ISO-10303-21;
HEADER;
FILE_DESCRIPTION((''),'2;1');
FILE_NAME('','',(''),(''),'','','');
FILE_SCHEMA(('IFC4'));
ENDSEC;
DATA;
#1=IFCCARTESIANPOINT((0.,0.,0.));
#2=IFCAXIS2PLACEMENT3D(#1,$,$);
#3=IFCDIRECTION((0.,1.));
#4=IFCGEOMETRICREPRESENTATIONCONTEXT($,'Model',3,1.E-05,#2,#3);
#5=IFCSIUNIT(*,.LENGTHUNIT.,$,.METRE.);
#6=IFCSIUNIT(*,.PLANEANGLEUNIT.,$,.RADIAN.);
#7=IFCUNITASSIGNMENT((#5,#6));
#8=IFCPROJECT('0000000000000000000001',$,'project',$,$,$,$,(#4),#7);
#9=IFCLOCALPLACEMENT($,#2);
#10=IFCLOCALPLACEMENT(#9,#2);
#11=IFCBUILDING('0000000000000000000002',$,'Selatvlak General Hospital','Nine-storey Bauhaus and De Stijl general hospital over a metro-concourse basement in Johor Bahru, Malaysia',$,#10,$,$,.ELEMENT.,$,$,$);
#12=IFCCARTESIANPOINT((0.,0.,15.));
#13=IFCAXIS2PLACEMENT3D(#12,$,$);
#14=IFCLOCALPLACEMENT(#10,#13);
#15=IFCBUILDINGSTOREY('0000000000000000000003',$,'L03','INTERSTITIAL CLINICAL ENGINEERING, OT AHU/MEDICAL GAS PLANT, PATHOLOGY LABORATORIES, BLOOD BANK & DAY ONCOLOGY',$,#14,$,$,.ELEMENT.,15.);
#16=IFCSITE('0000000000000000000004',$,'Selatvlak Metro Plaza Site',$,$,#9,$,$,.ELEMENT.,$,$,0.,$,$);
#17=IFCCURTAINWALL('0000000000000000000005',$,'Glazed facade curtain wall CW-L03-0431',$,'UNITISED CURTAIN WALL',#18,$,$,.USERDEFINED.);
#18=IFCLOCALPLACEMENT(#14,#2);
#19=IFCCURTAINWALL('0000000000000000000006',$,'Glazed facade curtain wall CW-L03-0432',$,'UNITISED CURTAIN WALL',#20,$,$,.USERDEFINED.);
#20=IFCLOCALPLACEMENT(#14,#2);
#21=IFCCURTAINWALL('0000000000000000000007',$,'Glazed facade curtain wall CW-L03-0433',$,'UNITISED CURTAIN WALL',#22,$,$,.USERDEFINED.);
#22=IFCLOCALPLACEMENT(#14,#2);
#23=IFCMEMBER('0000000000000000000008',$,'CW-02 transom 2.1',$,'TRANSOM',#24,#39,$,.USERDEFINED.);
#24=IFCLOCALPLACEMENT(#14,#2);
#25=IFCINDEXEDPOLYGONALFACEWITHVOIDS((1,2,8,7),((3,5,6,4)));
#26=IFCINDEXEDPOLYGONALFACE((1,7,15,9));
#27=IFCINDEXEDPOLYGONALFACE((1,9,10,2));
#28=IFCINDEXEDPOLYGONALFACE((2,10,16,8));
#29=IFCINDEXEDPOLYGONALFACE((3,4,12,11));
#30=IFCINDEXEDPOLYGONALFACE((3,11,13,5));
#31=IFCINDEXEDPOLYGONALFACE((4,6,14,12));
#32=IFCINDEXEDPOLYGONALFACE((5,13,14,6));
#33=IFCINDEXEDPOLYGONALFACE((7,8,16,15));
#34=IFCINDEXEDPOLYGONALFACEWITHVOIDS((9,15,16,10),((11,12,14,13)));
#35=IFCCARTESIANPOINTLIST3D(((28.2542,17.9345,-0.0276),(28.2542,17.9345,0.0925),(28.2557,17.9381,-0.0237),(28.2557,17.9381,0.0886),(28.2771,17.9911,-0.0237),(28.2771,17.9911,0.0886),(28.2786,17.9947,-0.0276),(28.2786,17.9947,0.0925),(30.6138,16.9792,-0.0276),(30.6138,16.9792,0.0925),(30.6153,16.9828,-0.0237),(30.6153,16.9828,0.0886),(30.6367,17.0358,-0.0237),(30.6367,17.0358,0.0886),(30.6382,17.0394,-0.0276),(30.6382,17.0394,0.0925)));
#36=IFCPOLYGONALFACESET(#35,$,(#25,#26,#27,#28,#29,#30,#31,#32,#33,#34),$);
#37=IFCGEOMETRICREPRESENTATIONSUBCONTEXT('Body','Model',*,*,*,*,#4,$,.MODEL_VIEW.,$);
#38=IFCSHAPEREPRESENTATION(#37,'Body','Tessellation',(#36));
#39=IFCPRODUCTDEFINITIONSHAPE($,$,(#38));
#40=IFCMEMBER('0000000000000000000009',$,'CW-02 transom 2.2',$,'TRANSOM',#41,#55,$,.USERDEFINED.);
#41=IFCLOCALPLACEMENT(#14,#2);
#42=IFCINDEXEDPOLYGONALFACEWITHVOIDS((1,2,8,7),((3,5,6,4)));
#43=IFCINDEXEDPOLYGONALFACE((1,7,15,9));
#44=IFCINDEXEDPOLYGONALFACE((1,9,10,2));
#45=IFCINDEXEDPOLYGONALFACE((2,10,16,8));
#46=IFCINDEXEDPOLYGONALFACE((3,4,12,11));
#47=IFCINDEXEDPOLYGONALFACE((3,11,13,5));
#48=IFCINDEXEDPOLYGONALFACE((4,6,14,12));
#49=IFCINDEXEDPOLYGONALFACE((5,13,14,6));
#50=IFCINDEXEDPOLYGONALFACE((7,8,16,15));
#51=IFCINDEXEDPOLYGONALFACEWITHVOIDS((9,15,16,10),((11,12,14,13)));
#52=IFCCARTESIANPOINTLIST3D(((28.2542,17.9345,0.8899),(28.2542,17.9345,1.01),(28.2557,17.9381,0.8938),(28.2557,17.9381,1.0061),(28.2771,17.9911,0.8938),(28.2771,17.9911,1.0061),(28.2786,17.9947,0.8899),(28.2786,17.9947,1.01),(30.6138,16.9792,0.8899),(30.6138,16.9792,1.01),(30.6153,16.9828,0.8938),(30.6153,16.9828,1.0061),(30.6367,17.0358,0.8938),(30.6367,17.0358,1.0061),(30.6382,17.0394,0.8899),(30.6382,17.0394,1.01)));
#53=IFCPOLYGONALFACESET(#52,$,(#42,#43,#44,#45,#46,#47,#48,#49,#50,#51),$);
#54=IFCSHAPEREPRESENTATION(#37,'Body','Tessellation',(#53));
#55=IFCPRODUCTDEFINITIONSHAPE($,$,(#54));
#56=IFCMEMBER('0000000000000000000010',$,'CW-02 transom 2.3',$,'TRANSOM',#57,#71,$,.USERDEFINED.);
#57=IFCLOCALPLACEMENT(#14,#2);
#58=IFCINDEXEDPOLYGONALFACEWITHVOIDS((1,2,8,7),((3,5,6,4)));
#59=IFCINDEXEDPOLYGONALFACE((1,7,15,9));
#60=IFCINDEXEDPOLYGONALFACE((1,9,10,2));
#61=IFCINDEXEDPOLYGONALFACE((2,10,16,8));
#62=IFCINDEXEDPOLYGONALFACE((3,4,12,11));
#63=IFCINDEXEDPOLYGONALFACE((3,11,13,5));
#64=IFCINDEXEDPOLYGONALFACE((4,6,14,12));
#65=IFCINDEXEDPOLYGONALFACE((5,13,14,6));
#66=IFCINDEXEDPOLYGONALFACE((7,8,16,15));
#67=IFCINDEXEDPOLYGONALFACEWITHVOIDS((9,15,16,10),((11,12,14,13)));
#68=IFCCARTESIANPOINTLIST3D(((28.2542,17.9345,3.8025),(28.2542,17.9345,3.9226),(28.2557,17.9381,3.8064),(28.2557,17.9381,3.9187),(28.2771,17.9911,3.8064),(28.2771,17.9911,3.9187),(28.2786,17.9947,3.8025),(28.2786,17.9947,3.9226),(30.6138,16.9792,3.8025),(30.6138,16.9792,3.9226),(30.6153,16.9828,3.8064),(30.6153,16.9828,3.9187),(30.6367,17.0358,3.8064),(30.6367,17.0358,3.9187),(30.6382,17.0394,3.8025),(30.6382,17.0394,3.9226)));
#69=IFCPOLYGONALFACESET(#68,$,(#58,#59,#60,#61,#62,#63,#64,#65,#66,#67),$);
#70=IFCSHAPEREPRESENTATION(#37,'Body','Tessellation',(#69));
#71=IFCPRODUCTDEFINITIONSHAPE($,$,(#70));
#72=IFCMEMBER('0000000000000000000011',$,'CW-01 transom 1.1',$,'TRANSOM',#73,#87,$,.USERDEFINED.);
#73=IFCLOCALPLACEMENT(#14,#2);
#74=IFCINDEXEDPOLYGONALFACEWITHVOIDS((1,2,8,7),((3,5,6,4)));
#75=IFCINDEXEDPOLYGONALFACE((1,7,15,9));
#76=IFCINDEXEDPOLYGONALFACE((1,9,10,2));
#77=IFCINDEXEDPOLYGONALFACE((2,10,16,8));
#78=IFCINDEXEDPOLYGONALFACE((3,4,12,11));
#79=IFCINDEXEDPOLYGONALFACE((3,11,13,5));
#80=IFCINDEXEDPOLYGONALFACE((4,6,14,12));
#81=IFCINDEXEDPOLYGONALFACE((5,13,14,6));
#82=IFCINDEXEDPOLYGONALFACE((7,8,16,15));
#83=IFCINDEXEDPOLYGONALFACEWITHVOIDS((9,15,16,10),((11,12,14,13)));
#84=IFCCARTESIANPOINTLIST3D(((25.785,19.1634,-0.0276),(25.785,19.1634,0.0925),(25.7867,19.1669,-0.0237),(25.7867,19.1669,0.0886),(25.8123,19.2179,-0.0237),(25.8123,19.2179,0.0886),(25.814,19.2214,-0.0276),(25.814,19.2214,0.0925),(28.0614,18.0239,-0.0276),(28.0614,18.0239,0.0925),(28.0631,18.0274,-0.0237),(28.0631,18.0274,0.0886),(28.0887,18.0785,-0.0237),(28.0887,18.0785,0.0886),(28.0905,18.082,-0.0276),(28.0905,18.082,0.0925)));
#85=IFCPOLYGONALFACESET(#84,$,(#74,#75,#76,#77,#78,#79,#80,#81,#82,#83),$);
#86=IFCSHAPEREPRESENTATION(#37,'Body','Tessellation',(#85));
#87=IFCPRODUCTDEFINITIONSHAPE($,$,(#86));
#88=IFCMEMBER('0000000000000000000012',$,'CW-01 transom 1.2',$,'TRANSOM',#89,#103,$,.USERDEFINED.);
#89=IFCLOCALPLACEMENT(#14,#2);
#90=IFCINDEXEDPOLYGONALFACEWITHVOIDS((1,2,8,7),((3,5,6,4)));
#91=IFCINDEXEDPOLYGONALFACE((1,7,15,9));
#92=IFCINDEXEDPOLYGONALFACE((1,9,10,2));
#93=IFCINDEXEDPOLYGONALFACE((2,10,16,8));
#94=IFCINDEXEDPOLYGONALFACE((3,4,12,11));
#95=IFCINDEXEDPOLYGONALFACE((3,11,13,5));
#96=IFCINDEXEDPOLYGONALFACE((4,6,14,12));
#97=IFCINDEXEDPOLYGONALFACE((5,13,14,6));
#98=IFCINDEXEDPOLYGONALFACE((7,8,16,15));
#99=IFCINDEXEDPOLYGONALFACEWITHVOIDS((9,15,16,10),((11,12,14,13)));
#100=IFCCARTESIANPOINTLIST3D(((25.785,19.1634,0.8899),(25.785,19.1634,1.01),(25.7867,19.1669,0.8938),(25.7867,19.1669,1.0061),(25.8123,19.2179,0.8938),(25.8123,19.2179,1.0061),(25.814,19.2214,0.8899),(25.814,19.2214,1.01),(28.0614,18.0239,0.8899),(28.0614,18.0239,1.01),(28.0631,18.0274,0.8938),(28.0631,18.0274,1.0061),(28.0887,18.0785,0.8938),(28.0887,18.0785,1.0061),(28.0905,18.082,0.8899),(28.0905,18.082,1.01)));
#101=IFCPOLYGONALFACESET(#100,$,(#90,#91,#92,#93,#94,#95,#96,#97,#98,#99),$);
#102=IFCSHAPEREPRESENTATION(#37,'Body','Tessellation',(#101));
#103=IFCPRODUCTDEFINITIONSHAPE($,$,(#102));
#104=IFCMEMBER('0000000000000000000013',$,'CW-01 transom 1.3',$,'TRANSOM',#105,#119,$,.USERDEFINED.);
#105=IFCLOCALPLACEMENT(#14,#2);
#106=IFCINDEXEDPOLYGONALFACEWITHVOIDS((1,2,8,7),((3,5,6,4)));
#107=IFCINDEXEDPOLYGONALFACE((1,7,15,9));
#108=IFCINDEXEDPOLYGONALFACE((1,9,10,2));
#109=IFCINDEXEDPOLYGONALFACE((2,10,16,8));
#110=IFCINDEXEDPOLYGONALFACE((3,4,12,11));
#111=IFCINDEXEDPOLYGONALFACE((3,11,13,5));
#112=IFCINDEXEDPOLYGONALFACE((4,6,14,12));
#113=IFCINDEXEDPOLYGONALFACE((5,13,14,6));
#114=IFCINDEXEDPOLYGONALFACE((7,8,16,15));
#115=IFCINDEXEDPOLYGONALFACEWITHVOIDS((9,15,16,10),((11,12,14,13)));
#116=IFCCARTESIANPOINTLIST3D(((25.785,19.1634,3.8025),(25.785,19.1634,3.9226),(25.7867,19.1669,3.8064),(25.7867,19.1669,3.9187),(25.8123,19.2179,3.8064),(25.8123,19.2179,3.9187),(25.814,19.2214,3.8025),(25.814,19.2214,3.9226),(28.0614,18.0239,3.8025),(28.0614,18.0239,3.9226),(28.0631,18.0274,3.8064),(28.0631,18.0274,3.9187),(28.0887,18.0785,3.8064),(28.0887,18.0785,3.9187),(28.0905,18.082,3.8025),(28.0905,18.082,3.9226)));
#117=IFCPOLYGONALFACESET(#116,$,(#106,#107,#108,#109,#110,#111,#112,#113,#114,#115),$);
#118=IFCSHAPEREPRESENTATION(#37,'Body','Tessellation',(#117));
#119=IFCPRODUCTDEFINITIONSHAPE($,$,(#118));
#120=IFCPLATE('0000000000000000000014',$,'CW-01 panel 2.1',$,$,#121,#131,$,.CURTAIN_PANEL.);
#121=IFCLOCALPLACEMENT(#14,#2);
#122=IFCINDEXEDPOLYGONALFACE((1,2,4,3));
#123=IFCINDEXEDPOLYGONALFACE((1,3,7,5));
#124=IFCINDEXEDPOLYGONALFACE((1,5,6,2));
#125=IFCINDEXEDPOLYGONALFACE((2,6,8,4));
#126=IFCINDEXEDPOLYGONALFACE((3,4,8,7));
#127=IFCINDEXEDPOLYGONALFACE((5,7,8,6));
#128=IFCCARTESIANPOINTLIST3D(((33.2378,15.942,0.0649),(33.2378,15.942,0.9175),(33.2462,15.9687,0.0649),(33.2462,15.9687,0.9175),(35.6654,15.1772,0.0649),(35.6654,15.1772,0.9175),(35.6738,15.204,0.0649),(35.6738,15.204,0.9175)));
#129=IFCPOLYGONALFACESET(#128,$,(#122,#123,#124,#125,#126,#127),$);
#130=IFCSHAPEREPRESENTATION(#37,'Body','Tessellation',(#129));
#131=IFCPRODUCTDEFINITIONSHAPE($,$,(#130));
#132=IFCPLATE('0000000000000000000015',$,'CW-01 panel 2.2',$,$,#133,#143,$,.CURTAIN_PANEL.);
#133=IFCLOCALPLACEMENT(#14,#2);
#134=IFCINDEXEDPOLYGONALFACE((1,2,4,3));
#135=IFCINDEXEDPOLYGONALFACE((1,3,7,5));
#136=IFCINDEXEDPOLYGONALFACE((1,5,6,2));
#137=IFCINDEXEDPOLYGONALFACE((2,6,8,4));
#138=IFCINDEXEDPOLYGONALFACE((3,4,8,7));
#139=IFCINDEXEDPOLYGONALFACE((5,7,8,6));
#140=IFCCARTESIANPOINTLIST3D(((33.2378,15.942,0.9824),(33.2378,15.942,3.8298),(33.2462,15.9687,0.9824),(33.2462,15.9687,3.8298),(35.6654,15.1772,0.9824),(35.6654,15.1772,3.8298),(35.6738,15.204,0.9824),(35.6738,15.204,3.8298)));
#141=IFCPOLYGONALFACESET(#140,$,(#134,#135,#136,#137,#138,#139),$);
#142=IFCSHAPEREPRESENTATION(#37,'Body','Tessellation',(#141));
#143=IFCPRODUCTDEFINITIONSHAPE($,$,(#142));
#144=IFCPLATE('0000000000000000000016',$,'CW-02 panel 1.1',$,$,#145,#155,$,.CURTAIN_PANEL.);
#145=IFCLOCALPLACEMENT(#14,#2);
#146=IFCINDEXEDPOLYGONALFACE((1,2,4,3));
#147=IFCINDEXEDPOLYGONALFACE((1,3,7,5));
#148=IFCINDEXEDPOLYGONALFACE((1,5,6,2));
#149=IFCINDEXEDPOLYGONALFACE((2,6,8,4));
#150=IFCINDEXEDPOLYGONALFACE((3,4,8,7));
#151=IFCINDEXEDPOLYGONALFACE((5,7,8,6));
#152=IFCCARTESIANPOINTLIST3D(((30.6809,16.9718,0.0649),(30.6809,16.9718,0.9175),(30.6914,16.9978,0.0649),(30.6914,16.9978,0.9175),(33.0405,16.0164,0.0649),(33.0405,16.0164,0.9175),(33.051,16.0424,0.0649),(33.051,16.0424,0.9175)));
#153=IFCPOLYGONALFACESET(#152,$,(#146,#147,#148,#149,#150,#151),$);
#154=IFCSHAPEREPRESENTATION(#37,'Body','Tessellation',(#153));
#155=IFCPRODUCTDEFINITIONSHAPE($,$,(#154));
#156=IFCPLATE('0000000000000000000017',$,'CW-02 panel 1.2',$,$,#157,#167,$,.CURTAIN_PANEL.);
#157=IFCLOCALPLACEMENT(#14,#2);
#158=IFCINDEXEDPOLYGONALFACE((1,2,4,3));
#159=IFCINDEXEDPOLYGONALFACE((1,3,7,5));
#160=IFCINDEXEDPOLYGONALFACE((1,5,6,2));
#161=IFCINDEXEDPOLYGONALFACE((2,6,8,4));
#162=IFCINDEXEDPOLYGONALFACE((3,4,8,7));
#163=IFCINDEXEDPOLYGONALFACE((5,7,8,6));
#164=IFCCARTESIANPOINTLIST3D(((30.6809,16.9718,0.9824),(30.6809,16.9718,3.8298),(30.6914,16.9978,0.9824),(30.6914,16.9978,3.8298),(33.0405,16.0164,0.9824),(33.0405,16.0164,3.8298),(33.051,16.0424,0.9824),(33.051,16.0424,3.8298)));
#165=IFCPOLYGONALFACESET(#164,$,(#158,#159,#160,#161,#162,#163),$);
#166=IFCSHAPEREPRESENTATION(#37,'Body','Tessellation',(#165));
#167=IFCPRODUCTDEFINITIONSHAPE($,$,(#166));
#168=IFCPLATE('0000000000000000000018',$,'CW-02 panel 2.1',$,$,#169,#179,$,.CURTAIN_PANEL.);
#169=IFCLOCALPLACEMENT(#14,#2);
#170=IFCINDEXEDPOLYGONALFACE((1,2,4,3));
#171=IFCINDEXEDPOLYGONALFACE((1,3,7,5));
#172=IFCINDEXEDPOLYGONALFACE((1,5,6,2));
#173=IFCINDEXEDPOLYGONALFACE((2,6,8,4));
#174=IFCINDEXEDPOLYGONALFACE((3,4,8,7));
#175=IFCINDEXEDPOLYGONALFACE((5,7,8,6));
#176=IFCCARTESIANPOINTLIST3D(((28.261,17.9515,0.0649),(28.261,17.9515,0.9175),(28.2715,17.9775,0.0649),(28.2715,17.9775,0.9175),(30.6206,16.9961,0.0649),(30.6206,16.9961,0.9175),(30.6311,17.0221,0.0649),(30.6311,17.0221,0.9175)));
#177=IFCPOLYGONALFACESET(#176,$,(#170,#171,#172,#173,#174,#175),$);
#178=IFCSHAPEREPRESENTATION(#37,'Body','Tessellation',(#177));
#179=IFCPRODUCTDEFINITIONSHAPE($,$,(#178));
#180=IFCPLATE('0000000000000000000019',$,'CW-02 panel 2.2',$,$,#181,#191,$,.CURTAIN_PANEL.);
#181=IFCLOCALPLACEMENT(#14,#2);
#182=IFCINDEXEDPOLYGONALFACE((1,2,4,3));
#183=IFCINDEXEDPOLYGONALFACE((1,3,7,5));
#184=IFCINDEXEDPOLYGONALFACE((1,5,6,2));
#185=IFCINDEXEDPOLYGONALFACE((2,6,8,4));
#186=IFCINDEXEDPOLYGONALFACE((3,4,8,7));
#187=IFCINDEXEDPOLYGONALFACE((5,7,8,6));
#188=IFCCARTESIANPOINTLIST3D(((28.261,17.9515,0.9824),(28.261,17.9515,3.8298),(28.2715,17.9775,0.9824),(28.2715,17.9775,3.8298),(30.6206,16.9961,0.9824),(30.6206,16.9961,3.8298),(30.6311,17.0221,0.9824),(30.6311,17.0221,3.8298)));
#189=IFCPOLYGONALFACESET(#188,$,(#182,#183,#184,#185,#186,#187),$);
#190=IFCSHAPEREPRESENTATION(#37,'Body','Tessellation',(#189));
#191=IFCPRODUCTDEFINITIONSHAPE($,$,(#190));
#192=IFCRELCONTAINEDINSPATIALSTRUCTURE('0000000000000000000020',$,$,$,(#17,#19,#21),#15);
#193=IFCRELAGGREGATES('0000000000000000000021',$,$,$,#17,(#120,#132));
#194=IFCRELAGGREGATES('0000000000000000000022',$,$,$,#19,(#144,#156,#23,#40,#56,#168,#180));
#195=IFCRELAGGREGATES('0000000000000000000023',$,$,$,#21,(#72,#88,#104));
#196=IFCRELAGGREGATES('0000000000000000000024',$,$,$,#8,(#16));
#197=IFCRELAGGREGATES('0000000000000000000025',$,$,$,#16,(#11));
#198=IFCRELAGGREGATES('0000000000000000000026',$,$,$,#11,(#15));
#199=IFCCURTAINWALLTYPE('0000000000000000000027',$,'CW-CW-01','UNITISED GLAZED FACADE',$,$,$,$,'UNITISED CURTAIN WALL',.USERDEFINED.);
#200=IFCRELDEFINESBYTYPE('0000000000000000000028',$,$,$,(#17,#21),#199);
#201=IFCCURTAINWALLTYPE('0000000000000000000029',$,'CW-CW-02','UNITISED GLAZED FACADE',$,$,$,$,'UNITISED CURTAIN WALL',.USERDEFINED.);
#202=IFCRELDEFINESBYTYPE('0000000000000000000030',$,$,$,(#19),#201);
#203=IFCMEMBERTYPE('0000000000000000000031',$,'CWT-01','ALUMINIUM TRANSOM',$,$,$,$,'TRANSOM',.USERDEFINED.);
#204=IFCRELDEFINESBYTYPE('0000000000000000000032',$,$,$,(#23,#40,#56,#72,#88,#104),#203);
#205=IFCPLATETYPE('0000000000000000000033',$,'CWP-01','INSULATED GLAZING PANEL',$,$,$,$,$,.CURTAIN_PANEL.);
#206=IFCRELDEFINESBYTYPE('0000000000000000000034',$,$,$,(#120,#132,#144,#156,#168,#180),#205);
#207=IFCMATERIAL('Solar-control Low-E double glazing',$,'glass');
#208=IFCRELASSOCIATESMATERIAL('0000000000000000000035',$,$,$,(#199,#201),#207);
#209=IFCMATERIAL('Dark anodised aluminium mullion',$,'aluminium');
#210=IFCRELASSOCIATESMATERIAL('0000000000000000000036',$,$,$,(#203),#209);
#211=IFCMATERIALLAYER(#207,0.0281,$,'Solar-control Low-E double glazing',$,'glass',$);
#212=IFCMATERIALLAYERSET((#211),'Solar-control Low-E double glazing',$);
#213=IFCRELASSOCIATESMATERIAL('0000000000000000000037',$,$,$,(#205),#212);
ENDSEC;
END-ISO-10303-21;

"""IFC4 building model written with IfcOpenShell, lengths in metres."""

from ifc_helpers import new_model, si_unit, direction, frame, origin, origin_2d, place, context, subcontext, project, spatial, rectangle, hollow_rectangle, extrude, material, layer, layer_set, material_profile, profile_set, type_object, element, aggregate, save


model = new_model("IFC4")

# Units and contexts
model_context = context("Model", 3, precision=1e-05, world=origin(), true_north=direction((0.0, 1.0)))
body_context = subcontext(model_context, "Body", "Model", "MODEL_VIEW")
ifc_project = project(units=[si_unit("LENGTHUNIT", "METRE"), si_unit("PLANEANGLEUNIT", "RADIAN")], contexts=[model_context])

# Site, building, storey
site_placement = place(None, origin())
site = spatial("IfcSite", under=ifc_project, at=site_placement, Name="Selatvlak Metro Plaza Site", CompositionType="ELEMENT", RefElevation=0.0)
building_placement = place(site_placement, origin())
building = spatial("IfcBuilding", under=site, at=building_placement, Name="Selatvlak General Hospital", Description="Nine-storey Bauhaus and De Stijl general hospital over a metro-concourse basement in Johor Bahru, Malaysia", CompositionType="ELEMENT")
storey_placement = place(building_placement, frame((0.0, 0.0, 15.0)))
storey = spatial("IfcBuildingStorey", under=building, at=storey_placement, Name="L03", Description="INTERSTITIAL CLINICAL ENGINEERING, OT AHU/MEDICAL GAS PLANT, PATHOLOGY LABORATORIES, BLOOD BANK & DAY ONCOLOGY", CompositionType="ELEMENT", Elevation=15.0)

# Curtain wall
ifc_material_1 = material(Name="Solar-control Low-E double glazing", Category="glass")
curtain_wall_type_1 = type_object("IfcCurtainWallType", Name="CW-CW-01", Description="UNITISED GLAZED FACADE", ElementType="UNITISED CURTAIN WALL", PredefinedType="USERDEFINED", material=ifc_material_1)
curtain_wall_1_placement = place(storey_placement, origin())
curtain_wall_1 = element("IfcCurtainWall", 1, at=curtain_wall_1_placement, inside=storey, type_object=curtain_wall_type_1, Name="Glazed facade curtain wall CW-L03-0431", ObjectType="UNITISED CURTAIN WALL", PredefinedType="USERDEFINED")
ifc_material_2 = material(Name="Dark anodised aluminium mullion", Category="aluminium")

# Curtain wall
curtain_wall_type_2 = type_object("IfcCurtainWallType", Name="CW-CW-02", Description="UNITISED GLAZED FACADE", ElementType="UNITISED CURTAIN WALL", PredefinedType="USERDEFINED", material=ifc_material_1)
curtain_wall_2_placement = place(storey_placement, origin())
curtain_wall_2 = element("IfcCurtainWall", 2, at=curtain_wall_2_placement, inside=storey, type_object=curtain_wall_type_2, Name="Glazed facade curtain wall CW-L03-0432", ObjectType="UNITISED CURTAIN WALL", PredefinedType="USERDEFINED")

# Curtain wall
curtain_wall_3_placement = place(storey_placement, origin())
curtain_wall_3 = element("IfcCurtainWall", 3, at=curtain_wall_3_placement, inside=storey, type_object=curtain_wall_type_1, Name="Glazed facade curtain wall CW-L03-0433", ObjectType="UNITISED CURTAIN WALL", PredefinedType="USERDEFINED")

# Members
ifc_material_profile_1 = material_profile(ifc_material_2, hollow_rectangle(XDim=0.0649, YDim=0.1201, WallThickness=0.0039, at=origin_2d()), Name="AL-TRN 65x120x4")
ifc_profile_set_1 = profile_set([ifc_material_profile_1], Name="Dark anodised aluminium mullion")
member_type_1 = type_object("IfcMemberType", Name="CWT-01", Description="ALUMINIUM TRANSOM", ElementType="TRANSOM", PredefinedType="USERDEFINED", material=ifc_profile_set_1)
member_1_placement = place(storey_placement, frame((30.626, 17.0093, 0.0325), z_axis=(-0.926914, 0.375273, 0.0), x_axis=(-0.375273, -0.926914, 0.0)))
member_1 = element("IfcMember", 4, at=member_1_placement, type_object=member_type_1, Name="CW-02 transom 2.1", ObjectType="TRANSOM", PredefinedType="USERDEFINED", context=body_context, shape_type="SweptSolid", body=[
    extrude(hollow_rectangle(XDim=0.0649, YDim=0.1201, WallThickness=0.0039, at=origin_2d()), origin(), (0.0, 0.0, 1.0), 2.5457),
])
member_2_placement = place(storey_placement, frame((30.626, 17.0093, 0.95), z_axis=(-0.926914, 0.375273, 0.0), x_axis=(-0.375273, -0.926914, 0.0)))
member_2 = element("IfcMember", 5, at=member_2_placement, type_object=member_type_1, Name="CW-02 transom 2.2", ObjectType="TRANSOM", PredefinedType="USERDEFINED", context=body_context, shape_type="SweptSolid", body=[
    extrude(hollow_rectangle(XDim=0.0649, YDim=0.1201, WallThickness=0.0039, at=origin_2d()), origin(), (0.0, 0.0, 1.0), 2.5457),
])
member_3_placement = place(storey_placement, frame((30.626, 17.0093, 3.8625), z_axis=(-0.926914, 0.375273, 0.0), x_axis=(-0.375273, -0.926914, 0.0)))
member_3 = element("IfcMember", 6, at=member_3_placement, type_object=member_type_1, Name="CW-02 transom 2.3", ObjectType="TRANSOM", PredefinedType="USERDEFINED", context=body_context, shape_type="SweptSolid", body=[
    extrude(hollow_rectangle(XDim=0.0649, YDim=0.1201, WallThickness=0.0039, at=origin_2d()), origin(), (0.0, 0.0, 1.0), 2.5457),
])
member_4_placement = place(storey_placement, frame((28.0759, 18.053, 0.0325), z_axis=(-0.894235, 0.447597, 0.0), x_axis=(-0.447597, -0.894235, 0.0)))
member_4 = element("IfcMember", 7, at=member_4_placement, type_object=member_type_1, Name="CW-01 transom 1.1", ObjectType="TRANSOM", PredefinedType="USERDEFINED", context=body_context, shape_type="SweptSolid", body=[
    extrude(hollow_rectangle(XDim=0.0649, YDim=0.1201, WallThickness=0.0039, at=origin_2d()), origin(), (0.0, 0.0, 1.0), 2.5457),
])
member_5_placement = place(storey_placement, frame((28.0759, 18.053, 0.95), z_axis=(-0.894235, 0.447597, 0.0), x_axis=(-0.447597, -0.894235, 0.0)))
member_5 = element("IfcMember", 8, at=member_5_placement, type_object=member_type_1, Name="CW-01 transom 1.2", ObjectType="TRANSOM", PredefinedType="USERDEFINED", context=body_context, shape_type="SweptSolid", body=[
    extrude(hollow_rectangle(XDim=0.0649, YDim=0.1201, WallThickness=0.0039, at=origin_2d()), origin(), (0.0, 0.0, 1.0), 2.5457),
])
member_6_placement = place(storey_placement, frame((28.0759, 18.053, 3.8625), z_axis=(-0.894235, 0.447597, 0.0), x_axis=(-0.447597, -0.894235, 0.0)))
member_6 = element("IfcMember", 9, at=member_6_placement, type_object=member_type_1, Name="CW-01 transom 1.3", ObjectType="TRANSOM", PredefinedType="USERDEFINED", context=body_context, shape_type="SweptSolid", body=[
    extrude(hollow_rectangle(XDim=0.0649, YDim=0.1201, WallThickness=0.0039, at=origin_2d()), origin(), (0.0, 0.0, 1.0), 2.5457),
])

# Plates
ifc_layer_1 = layer(ifc_material_1, 0.0281, Name="Solar-control Low-E double glazing", Category="glass")
ifc_layer_set_1 = layer_set([ifc_layer_1], Name="Solar-control Low-E double glazing")
plate_type = type_object("IfcPlateType", Name="CWP-01", Description="INSULATED GLAZING PANEL", PredefinedType="CURTAIN_PANEL", material=ifc_layer_set_1)
plate_1_placement = place(storey_placement, frame((34.4558, 15.573, 0.0649), z_axis=(0.0, 0.0, 1.0), x_axis=(-0.953794, 0.300461, 0.0)))
plate_1 = element("IfcPlate", 10, at=plate_1_placement, type_object=plate_type, Name="CW-01 panel 2.1", PredefinedType="CURTAIN_PANEL", context=body_context, shape_type="SweptSolid", body=[
    extrude(rectangle(XDim=2.5452, YDim=0.0281, at=origin_2d()), origin(), (0.0, 0.0, 1.0), 0.8525),
])
plate_2_placement = place(storey_placement, frame((34.4558, 15.573, 0.9824), z_axis=(0.0, 0.0, 1.0), x_axis=(-0.953794, 0.300461, 0.0)))
plate_2 = element("IfcPlate", 11, at=plate_2_placement, type_object=plate_type, Name="CW-01 panel 2.2", PredefinedType="CURTAIN_PANEL", context=body_context, shape_type="SweptSolid", body=[
    extrude(rectangle(XDim=2.5452, YDim=0.0281, at=origin_2d()), origin(), (0.0, 0.0, 1.0), 2.8474),
])
aggregate(curtain_wall_1, [plate_1, plate_2])
plate_3_placement = place(storey_placement, frame((31.866, 16.5071, 0.0649), z_axis=(0.0, 0.0, 1.0), x_axis=(-0.926903, 0.375301, 0.0)))
plate_3 = element("IfcPlate", 12, at=plate_3_placement, type_object=plate_type, Name="CW-02 panel 1.1", PredefinedType="CURTAIN_PANEL", context=body_context, shape_type="SweptSolid", body=[
    extrude(rectangle(XDim=2.5457, YDim=0.0281, at=origin_2d()), origin(), (0.0, 0.0, 1.0), 0.8525),
])
plate_4_placement = place(storey_placement, frame((31.866, 16.5071, 0.9824), z_axis=(0.0, 0.0, 1.0), x_axis=(-0.926903, 0.375301, 0.0)))
plate_4 = element("IfcPlate", 13, at=plate_4_placement, type_object=plate_type, Name="CW-02 panel 1.2", PredefinedType="CURTAIN_PANEL", context=body_context, shape_type="SweptSolid", body=[
    extrude(rectangle(XDim=2.5457, YDim=0.0281, at=origin_2d()), origin(), (0.0, 0.0, 1.0), 2.8474),
])
plate_5_placement = place(storey_placement, frame((29.446, 17.4868, 0.0649), z_axis=(0.0, 0.0, 1.0), x_axis=(-0.926903, 0.375301, 0.0)))
plate_5 = element("IfcPlate", 14, at=plate_5_placement, type_object=plate_type, Name="CW-02 panel 2.1", PredefinedType="CURTAIN_PANEL", context=body_context, shape_type="SweptSolid", body=[
    extrude(rectangle(XDim=2.5457, YDim=0.0281, at=origin_2d()), origin(), (0.0, 0.0, 1.0), 0.8525),
])
plate_6_placement = place(storey_placement, frame((29.446, 17.4868, 0.9824), z_axis=(0.0, 0.0, 1.0), x_axis=(-0.926903, 0.375301, 0.0)))
plate_6 = element("IfcPlate", 15, at=plate_6_placement, type_object=plate_type, Name="CW-02 panel 2.2", PredefinedType="CURTAIN_PANEL", context=body_context, shape_type="SweptSolid", body=[
    extrude(rectangle(XDim=2.5457, YDim=0.0281, at=origin_2d()), origin(), (0.0, 0.0, 1.0), 2.8474),
])
aggregate(curtain_wall_2, [plate_3, plate_4, member_1, member_2, member_3, plate_5, plate_6])
aggregate(curtain_wall_3, [member_4, member_5, member_6])

save(model, "model.ifc")
